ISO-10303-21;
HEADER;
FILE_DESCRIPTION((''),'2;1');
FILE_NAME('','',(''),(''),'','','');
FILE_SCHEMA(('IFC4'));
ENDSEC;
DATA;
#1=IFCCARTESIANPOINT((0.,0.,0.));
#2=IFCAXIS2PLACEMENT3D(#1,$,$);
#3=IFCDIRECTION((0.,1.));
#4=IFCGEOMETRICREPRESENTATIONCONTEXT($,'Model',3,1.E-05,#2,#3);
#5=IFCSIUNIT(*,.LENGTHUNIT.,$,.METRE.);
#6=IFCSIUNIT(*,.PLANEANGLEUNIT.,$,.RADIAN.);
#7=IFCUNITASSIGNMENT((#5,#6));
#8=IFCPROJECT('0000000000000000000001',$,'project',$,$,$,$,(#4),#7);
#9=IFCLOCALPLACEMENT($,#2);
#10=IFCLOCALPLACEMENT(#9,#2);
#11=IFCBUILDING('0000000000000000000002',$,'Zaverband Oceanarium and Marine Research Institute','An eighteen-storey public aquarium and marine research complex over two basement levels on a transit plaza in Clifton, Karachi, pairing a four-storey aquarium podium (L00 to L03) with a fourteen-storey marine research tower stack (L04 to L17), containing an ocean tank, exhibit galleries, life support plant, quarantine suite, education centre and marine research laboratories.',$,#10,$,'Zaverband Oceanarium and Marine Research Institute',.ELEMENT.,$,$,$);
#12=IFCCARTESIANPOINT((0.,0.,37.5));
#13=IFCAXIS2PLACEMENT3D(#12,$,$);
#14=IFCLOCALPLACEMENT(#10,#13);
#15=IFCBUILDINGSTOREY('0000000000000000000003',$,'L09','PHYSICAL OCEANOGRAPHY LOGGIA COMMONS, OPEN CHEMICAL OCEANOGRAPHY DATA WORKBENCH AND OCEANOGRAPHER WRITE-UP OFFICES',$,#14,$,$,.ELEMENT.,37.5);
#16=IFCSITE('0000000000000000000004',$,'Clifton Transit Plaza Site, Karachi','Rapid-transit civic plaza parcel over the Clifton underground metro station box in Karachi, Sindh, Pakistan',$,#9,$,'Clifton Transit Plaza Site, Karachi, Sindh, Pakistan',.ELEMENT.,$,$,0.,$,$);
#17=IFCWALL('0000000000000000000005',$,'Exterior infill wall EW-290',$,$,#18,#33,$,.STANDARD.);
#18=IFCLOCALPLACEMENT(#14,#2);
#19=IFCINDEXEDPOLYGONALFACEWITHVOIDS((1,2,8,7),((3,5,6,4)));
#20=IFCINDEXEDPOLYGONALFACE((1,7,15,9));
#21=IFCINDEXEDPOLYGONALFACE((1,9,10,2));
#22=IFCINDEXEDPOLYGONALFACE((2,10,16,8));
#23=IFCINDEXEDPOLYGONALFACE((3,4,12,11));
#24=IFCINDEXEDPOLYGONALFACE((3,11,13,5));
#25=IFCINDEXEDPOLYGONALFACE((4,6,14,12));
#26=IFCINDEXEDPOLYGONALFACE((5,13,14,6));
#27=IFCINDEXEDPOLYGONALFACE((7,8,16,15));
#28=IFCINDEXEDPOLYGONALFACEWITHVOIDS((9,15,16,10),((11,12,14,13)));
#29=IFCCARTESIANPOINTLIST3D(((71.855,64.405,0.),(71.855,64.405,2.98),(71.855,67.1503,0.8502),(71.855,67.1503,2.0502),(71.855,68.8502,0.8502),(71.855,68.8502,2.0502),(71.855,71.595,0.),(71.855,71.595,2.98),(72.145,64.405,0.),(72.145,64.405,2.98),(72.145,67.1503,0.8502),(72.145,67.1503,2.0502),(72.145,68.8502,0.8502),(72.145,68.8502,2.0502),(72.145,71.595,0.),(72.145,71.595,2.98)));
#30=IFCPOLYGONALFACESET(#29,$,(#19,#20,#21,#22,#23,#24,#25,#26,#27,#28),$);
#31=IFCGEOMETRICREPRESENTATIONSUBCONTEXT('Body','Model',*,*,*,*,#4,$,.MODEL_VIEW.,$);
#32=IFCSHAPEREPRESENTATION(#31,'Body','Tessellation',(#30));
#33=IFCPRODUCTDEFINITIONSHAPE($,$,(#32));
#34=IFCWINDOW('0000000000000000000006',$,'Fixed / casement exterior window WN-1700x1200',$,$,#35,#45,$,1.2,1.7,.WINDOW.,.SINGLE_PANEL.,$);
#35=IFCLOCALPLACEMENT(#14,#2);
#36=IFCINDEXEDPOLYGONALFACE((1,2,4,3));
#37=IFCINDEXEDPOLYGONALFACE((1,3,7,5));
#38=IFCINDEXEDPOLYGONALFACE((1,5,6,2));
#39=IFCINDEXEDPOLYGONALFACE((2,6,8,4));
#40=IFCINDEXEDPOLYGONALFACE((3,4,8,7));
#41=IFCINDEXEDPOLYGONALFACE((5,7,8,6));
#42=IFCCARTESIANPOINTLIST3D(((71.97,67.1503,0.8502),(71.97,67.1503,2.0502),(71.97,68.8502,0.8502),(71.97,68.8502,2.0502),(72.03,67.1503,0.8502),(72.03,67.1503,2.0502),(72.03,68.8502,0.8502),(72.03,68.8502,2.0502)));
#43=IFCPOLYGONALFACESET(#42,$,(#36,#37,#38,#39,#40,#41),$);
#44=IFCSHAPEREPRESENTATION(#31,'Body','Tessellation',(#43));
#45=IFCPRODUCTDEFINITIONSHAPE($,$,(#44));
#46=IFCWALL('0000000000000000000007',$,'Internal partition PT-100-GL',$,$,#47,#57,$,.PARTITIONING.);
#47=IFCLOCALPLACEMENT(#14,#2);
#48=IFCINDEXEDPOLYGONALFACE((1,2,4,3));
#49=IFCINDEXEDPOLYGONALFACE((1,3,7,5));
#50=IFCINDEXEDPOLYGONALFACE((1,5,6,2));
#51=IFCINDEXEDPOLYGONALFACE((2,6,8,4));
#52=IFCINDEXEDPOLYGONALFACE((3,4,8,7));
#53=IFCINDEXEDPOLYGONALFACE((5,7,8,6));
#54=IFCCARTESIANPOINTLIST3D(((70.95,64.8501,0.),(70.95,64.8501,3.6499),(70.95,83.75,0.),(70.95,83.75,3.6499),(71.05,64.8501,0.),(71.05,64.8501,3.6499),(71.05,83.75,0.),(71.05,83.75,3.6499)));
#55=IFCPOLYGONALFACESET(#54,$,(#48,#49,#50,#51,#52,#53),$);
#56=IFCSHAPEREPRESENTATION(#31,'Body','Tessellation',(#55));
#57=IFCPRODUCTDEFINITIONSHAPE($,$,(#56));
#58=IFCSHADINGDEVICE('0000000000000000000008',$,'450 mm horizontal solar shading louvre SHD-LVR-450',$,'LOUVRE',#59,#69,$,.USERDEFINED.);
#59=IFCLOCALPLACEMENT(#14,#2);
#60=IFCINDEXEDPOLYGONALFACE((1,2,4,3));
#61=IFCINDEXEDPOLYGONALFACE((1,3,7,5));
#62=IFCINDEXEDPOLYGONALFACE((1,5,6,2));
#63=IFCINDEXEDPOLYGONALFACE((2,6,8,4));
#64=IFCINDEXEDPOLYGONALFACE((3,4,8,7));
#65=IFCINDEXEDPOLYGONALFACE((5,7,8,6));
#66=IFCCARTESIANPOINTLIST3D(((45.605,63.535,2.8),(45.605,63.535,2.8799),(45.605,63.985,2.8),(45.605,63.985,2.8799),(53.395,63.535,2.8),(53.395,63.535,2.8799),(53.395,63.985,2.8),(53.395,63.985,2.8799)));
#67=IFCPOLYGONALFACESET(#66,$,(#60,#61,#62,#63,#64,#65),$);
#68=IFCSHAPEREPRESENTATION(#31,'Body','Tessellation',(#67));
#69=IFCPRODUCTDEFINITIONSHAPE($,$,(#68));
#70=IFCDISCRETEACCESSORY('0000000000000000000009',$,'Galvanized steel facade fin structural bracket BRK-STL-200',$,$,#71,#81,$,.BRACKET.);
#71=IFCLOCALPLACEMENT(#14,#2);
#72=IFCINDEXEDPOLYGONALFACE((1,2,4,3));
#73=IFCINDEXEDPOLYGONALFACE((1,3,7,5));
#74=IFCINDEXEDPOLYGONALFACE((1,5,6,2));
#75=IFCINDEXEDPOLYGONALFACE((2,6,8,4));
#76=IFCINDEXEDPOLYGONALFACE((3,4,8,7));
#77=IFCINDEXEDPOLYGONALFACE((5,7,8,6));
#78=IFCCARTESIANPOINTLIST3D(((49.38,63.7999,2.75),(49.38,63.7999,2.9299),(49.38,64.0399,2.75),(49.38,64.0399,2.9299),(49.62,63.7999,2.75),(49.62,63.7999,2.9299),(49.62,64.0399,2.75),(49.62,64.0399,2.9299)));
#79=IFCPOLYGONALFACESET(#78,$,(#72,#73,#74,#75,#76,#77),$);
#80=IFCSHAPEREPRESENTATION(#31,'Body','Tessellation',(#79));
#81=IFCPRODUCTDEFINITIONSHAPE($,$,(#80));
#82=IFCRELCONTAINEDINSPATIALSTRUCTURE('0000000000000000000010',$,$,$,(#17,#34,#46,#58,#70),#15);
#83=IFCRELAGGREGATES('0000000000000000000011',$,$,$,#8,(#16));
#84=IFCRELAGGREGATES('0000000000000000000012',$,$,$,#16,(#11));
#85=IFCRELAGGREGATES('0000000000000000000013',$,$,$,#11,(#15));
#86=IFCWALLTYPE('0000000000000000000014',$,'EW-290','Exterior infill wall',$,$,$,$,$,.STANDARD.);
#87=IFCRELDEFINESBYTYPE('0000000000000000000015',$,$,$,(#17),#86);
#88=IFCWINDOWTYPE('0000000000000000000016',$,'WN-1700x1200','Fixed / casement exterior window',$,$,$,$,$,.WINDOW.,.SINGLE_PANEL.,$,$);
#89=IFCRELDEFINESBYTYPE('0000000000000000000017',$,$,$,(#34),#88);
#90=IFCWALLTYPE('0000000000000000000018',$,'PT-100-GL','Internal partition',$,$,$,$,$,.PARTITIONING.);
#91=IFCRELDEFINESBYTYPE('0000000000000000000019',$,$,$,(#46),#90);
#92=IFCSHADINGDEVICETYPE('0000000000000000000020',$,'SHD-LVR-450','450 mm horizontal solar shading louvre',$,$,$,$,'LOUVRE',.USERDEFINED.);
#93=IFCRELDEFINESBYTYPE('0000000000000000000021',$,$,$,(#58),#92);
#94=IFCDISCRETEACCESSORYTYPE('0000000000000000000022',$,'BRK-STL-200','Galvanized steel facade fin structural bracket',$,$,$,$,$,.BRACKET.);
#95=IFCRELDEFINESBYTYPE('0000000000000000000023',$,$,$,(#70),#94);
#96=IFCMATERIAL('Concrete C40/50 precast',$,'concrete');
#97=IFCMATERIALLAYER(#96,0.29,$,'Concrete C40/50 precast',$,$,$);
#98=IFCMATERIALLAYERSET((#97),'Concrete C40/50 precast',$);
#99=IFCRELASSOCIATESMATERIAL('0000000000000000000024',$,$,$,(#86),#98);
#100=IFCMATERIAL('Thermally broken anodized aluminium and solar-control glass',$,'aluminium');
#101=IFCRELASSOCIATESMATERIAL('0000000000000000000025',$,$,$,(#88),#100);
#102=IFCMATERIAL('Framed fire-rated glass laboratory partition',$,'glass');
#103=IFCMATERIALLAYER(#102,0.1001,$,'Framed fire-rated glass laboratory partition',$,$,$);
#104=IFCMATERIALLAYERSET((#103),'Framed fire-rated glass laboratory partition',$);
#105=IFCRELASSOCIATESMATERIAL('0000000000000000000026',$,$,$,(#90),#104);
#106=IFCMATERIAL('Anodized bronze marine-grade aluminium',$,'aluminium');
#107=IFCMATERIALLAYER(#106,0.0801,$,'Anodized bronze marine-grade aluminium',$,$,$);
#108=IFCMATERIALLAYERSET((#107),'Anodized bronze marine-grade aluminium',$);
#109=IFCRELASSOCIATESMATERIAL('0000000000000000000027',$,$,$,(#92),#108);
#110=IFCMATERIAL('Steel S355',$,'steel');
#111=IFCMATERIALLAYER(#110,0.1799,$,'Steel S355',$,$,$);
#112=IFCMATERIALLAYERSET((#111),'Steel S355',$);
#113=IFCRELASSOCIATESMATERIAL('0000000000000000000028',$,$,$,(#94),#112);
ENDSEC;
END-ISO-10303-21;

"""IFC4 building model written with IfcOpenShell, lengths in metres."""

from ifc_helpers import new_model, si_unit, direction, frame, frame_2d, origin, origin_2d, place, context, subcontext, project, spatial, rectangle, extrude, material, layer, layer_set, type_object, element, fill, save


model = new_model("IFC4")

# Units and contexts
model_context = context("Model", 3, precision=1e-05, world=origin(), true_north=direction((0.0, 1.0)))
body_context = subcontext(model_context, "Body", "Model", "MODEL_VIEW")
ifc_project = project(units=[si_unit("LENGTHUNIT", "METRE"), si_unit("PLANEANGLEUNIT", "RADIAN")], contexts=[model_context])

# Site, building, storey
site_placement = place(None, origin())
site = spatial("IfcSite", under=ifc_project, at=site_placement, Name="Clifton Transit Plaza Site, Karachi", Description="Rapid-transit civic plaza parcel over the Clifton underground metro station box in Karachi, Sindh, Pakistan", LongName="Clifton Transit Plaza Site, Karachi, Sindh, Pakistan", CompositionType="ELEMENT", RefElevation=0.0)
building_placement = place(site_placement, origin())
building = spatial("IfcBuilding", under=site, at=building_placement, Name="Zaverband Oceanarium and Marine Research Institute", Description="An eighteen-storey public aquarium and marine research complex over two basement levels on a transit plaza in Clifton, Karachi, pairing a four-storey aquarium podium (L00 to L03) with a fourteen-storey marine research tower stack (L04 to L17), containing an ocean tank, exhibit galleries, life support plant, quarantine suite, education centre and marine research laboratories.", LongName="Zaverband Oceanarium and Marine Research Institute", CompositionType="ELEMENT")
storey_placement = place(building_placement, frame((0.0, 0.0, 37.5)))
storey = spatial("IfcBuildingStorey", under=building, at=storey_placement, Name="L09", Description="PHYSICAL OCEANOGRAPHY LOGGIA COMMONS, OPEN CHEMICAL OCEANOGRAPHY DATA WORKBENCH AND OCEANOGRAPHER WRITE-UP OFFICES", CompositionType="ELEMENT", Elevation=37.5)

# Shared definitions
ifc_material_1 = material(Name="Thermally broken anodized aluminium and solar-control glass", Category="aluminium")

# Wall, opening, window
ifc_material_2 = material(Name="Concrete C40/50 precast", Category="concrete")
ifc_layer_1 = layer(ifc_material_2, 0.29, Name="Concrete C40/50 precast")
ifc_layer_set_1 = layer_set([ifc_layer_1], Name="Concrete C40/50 precast")
wall_type_1 = type_object("IfcWallType", Name="EW-290", Description="Exterior infill wall", PredefinedType="STANDARD", material=ifc_layer_set_1)
wall_1_placement = place(storey_placement, frame((72.0, 64.405, 0.0), z_axis=(0.0, 0.0, 1.0), x_axis=(0.0, 1.0, 0.0)))
wall_1 = element("IfcWall", 1, at=wall_1_placement, inside=storey, type_object=wall_type_1, Name="Exterior infill wall EW-290", PredefinedType="STANDARD", context=body_context, shape_type="SweptSolid", body=[
    extrude(rectangle(XDim=7.1899, YDim=0.29, at=frame_2d((3.595, 0.0))), origin(), (0.0, 0.0, 1.0), 2.98),
])
opening_1_placement = place(wall_1_placement, frame((2.7451, 0.0, 0.8501)))
opening_1 = element("IfcOpeningElement", 2, at=opening_1_placement, cuts=wall_1, PredefinedType="OPENING", context=body_context, shape_type="SweptSolid", body=[
    extrude(rectangle(XDim=1.7, YDim=1.2, at=frame_2d((0.8501, 0.6001))), frame((0.0, 0.157, 0.0), z_axis=(0.0, -1.0, 0.0), x_axis=(1.0, 0.0, 0.0)), (0.0, 0.0, 1.0), 0.314),
])
window_type_1 = type_object("IfcWindowType", Name="WN-1700x1200", Description="Fixed / casement exterior window", PartitioningType="SINGLE_PANEL", PredefinedType="WINDOW", material=ifc_material_1)
window_1_placement = place(opening_1_placement, origin())
window_1 = element("IfcWindow", 3, at=window_1_placement, inside=storey, type_object=window_type_1, Name="Fixed / casement exterior window WN-1700x1200", OverallHeight=1.2, OverallWidth=1.7, PartitioningType="SINGLE_PANEL", PredefinedType="WINDOW", context=body_context, shape_type="SweptSolid", body=[
    extrude(rectangle(XDim=1.7, YDim=1.2, at=frame_2d((0.8501, 0.6001))), frame((0.0, 0.03, 0.0), z_axis=(0.0, -1.0, 0.0), x_axis=(1.0, 0.0, 0.0)), (0.0, 0.0, 1.0), 0.0601),
])
fill(opening_1, window_1)

# Wall
ifc_material_3 = material(Name="Framed fire-rated glass laboratory partition", Category="glass")
ifc_layer_2 = layer(ifc_material_3, 0.1001, Name="Framed fire-rated glass laboratory partition")
ifc_layer_set_2 = layer_set([ifc_layer_2], Name="Framed fire-rated glass laboratory partition")
wall_type_2 = type_object("IfcWallType", Name="PT-100-GL", Description="Internal partition", PredefinedType="PARTITIONING", material=ifc_layer_set_2)
wall_2_placement = place(storey_placement, frame((71.0, 64.8501, 0.0), z_axis=(0.0, 0.0, 1.0), x_axis=(0.0, 1.0, 0.0)))
element("IfcWall", 4, at=wall_2_placement, inside=storey, type_object=wall_type_2, Name="Internal partition PT-100-GL", PredefinedType="PARTITIONING", context=body_context, shape_type="SweptSolid", body=[
    extrude(rectangle(XDim=18.8999, YDim=0.1001, at=frame_2d((9.45, 0.0))), origin(), (0.0, 0.0, 1.0), 3.6499),
])

# Shading device
ifc_material_4 = material(Name="Anodized bronze marine-grade aluminium", Category="aluminium")
ifc_layer_3 = layer(ifc_material_4, 0.0801, Name="Anodized bronze marine-grade aluminium")
ifc_layer_set_3 = layer_set([ifc_layer_3], Name="Anodized bronze marine-grade aluminium")
shading_device_type = type_object("IfcShadingDeviceType", Name="SHD-LVR-450", Description="450 mm horizontal solar shading louvre", ElementType="LOUVRE", PredefinedType="USERDEFINED", material=ifc_layer_set_3)
shading_device_placement = place(storey_placement, frame((45.605, 63.76, 2.8), z_axis=(0.0, 0.0, 1.0), x_axis=(1.0, 0.0, 0.0)))
element("IfcShadingDevice", 5, at=shading_device_placement, inside=storey, type_object=shading_device_type, Name="450 mm horizontal solar shading louvre SHD-LVR-450", ObjectType="LOUVRE", PredefinedType="USERDEFINED", context=body_context, shape_type="SweptSolid", body=[
    extrude(rectangle(XDim=7.79, YDim=0.45, at=frame_2d((3.895, 0.0))), origin(), (0.0, 0.0, 1.0), 0.0798),
])

# Discrete accessory
ifc_material_5 = material(Name="Steel S355", Category="steel")
ifc_layer_4 = layer(ifc_material_5, 0.1799, Name="Steel S355")
ifc_layer_set_4 = layer_set([ifc_layer_4], Name="Steel S355")
discrete_accessory_type = type_object("IfcDiscreteAccessoryType", Name="BRK-STL-200", Description="Galvanized steel facade fin structural bracket", PredefinedType="BRACKET", material=ifc_layer_set_4)
discrete_accessory_placement = place(storey_placement, frame((49.5, 63.9199, 2.75), z_axis=(0.0, 0.0, 1.0), x_axis=(1.0, 0.0, 0.0)))
element("IfcDiscreteAccessory", 6, at=discrete_accessory_placement, inside=storey, type_object=discrete_accessory_type, Name="Galvanized steel facade fin structural bracket BRK-STL-200", PredefinedType="BRACKET", context=body_context, shape_type="SweptSolid", body=[
    extrude(rectangle(XDim=0.24, YDim=0.24, at=origin_2d()), origin(), (0.0, 0.0, 1.0), 0.1799),
])

save(model, "model.ifc")
